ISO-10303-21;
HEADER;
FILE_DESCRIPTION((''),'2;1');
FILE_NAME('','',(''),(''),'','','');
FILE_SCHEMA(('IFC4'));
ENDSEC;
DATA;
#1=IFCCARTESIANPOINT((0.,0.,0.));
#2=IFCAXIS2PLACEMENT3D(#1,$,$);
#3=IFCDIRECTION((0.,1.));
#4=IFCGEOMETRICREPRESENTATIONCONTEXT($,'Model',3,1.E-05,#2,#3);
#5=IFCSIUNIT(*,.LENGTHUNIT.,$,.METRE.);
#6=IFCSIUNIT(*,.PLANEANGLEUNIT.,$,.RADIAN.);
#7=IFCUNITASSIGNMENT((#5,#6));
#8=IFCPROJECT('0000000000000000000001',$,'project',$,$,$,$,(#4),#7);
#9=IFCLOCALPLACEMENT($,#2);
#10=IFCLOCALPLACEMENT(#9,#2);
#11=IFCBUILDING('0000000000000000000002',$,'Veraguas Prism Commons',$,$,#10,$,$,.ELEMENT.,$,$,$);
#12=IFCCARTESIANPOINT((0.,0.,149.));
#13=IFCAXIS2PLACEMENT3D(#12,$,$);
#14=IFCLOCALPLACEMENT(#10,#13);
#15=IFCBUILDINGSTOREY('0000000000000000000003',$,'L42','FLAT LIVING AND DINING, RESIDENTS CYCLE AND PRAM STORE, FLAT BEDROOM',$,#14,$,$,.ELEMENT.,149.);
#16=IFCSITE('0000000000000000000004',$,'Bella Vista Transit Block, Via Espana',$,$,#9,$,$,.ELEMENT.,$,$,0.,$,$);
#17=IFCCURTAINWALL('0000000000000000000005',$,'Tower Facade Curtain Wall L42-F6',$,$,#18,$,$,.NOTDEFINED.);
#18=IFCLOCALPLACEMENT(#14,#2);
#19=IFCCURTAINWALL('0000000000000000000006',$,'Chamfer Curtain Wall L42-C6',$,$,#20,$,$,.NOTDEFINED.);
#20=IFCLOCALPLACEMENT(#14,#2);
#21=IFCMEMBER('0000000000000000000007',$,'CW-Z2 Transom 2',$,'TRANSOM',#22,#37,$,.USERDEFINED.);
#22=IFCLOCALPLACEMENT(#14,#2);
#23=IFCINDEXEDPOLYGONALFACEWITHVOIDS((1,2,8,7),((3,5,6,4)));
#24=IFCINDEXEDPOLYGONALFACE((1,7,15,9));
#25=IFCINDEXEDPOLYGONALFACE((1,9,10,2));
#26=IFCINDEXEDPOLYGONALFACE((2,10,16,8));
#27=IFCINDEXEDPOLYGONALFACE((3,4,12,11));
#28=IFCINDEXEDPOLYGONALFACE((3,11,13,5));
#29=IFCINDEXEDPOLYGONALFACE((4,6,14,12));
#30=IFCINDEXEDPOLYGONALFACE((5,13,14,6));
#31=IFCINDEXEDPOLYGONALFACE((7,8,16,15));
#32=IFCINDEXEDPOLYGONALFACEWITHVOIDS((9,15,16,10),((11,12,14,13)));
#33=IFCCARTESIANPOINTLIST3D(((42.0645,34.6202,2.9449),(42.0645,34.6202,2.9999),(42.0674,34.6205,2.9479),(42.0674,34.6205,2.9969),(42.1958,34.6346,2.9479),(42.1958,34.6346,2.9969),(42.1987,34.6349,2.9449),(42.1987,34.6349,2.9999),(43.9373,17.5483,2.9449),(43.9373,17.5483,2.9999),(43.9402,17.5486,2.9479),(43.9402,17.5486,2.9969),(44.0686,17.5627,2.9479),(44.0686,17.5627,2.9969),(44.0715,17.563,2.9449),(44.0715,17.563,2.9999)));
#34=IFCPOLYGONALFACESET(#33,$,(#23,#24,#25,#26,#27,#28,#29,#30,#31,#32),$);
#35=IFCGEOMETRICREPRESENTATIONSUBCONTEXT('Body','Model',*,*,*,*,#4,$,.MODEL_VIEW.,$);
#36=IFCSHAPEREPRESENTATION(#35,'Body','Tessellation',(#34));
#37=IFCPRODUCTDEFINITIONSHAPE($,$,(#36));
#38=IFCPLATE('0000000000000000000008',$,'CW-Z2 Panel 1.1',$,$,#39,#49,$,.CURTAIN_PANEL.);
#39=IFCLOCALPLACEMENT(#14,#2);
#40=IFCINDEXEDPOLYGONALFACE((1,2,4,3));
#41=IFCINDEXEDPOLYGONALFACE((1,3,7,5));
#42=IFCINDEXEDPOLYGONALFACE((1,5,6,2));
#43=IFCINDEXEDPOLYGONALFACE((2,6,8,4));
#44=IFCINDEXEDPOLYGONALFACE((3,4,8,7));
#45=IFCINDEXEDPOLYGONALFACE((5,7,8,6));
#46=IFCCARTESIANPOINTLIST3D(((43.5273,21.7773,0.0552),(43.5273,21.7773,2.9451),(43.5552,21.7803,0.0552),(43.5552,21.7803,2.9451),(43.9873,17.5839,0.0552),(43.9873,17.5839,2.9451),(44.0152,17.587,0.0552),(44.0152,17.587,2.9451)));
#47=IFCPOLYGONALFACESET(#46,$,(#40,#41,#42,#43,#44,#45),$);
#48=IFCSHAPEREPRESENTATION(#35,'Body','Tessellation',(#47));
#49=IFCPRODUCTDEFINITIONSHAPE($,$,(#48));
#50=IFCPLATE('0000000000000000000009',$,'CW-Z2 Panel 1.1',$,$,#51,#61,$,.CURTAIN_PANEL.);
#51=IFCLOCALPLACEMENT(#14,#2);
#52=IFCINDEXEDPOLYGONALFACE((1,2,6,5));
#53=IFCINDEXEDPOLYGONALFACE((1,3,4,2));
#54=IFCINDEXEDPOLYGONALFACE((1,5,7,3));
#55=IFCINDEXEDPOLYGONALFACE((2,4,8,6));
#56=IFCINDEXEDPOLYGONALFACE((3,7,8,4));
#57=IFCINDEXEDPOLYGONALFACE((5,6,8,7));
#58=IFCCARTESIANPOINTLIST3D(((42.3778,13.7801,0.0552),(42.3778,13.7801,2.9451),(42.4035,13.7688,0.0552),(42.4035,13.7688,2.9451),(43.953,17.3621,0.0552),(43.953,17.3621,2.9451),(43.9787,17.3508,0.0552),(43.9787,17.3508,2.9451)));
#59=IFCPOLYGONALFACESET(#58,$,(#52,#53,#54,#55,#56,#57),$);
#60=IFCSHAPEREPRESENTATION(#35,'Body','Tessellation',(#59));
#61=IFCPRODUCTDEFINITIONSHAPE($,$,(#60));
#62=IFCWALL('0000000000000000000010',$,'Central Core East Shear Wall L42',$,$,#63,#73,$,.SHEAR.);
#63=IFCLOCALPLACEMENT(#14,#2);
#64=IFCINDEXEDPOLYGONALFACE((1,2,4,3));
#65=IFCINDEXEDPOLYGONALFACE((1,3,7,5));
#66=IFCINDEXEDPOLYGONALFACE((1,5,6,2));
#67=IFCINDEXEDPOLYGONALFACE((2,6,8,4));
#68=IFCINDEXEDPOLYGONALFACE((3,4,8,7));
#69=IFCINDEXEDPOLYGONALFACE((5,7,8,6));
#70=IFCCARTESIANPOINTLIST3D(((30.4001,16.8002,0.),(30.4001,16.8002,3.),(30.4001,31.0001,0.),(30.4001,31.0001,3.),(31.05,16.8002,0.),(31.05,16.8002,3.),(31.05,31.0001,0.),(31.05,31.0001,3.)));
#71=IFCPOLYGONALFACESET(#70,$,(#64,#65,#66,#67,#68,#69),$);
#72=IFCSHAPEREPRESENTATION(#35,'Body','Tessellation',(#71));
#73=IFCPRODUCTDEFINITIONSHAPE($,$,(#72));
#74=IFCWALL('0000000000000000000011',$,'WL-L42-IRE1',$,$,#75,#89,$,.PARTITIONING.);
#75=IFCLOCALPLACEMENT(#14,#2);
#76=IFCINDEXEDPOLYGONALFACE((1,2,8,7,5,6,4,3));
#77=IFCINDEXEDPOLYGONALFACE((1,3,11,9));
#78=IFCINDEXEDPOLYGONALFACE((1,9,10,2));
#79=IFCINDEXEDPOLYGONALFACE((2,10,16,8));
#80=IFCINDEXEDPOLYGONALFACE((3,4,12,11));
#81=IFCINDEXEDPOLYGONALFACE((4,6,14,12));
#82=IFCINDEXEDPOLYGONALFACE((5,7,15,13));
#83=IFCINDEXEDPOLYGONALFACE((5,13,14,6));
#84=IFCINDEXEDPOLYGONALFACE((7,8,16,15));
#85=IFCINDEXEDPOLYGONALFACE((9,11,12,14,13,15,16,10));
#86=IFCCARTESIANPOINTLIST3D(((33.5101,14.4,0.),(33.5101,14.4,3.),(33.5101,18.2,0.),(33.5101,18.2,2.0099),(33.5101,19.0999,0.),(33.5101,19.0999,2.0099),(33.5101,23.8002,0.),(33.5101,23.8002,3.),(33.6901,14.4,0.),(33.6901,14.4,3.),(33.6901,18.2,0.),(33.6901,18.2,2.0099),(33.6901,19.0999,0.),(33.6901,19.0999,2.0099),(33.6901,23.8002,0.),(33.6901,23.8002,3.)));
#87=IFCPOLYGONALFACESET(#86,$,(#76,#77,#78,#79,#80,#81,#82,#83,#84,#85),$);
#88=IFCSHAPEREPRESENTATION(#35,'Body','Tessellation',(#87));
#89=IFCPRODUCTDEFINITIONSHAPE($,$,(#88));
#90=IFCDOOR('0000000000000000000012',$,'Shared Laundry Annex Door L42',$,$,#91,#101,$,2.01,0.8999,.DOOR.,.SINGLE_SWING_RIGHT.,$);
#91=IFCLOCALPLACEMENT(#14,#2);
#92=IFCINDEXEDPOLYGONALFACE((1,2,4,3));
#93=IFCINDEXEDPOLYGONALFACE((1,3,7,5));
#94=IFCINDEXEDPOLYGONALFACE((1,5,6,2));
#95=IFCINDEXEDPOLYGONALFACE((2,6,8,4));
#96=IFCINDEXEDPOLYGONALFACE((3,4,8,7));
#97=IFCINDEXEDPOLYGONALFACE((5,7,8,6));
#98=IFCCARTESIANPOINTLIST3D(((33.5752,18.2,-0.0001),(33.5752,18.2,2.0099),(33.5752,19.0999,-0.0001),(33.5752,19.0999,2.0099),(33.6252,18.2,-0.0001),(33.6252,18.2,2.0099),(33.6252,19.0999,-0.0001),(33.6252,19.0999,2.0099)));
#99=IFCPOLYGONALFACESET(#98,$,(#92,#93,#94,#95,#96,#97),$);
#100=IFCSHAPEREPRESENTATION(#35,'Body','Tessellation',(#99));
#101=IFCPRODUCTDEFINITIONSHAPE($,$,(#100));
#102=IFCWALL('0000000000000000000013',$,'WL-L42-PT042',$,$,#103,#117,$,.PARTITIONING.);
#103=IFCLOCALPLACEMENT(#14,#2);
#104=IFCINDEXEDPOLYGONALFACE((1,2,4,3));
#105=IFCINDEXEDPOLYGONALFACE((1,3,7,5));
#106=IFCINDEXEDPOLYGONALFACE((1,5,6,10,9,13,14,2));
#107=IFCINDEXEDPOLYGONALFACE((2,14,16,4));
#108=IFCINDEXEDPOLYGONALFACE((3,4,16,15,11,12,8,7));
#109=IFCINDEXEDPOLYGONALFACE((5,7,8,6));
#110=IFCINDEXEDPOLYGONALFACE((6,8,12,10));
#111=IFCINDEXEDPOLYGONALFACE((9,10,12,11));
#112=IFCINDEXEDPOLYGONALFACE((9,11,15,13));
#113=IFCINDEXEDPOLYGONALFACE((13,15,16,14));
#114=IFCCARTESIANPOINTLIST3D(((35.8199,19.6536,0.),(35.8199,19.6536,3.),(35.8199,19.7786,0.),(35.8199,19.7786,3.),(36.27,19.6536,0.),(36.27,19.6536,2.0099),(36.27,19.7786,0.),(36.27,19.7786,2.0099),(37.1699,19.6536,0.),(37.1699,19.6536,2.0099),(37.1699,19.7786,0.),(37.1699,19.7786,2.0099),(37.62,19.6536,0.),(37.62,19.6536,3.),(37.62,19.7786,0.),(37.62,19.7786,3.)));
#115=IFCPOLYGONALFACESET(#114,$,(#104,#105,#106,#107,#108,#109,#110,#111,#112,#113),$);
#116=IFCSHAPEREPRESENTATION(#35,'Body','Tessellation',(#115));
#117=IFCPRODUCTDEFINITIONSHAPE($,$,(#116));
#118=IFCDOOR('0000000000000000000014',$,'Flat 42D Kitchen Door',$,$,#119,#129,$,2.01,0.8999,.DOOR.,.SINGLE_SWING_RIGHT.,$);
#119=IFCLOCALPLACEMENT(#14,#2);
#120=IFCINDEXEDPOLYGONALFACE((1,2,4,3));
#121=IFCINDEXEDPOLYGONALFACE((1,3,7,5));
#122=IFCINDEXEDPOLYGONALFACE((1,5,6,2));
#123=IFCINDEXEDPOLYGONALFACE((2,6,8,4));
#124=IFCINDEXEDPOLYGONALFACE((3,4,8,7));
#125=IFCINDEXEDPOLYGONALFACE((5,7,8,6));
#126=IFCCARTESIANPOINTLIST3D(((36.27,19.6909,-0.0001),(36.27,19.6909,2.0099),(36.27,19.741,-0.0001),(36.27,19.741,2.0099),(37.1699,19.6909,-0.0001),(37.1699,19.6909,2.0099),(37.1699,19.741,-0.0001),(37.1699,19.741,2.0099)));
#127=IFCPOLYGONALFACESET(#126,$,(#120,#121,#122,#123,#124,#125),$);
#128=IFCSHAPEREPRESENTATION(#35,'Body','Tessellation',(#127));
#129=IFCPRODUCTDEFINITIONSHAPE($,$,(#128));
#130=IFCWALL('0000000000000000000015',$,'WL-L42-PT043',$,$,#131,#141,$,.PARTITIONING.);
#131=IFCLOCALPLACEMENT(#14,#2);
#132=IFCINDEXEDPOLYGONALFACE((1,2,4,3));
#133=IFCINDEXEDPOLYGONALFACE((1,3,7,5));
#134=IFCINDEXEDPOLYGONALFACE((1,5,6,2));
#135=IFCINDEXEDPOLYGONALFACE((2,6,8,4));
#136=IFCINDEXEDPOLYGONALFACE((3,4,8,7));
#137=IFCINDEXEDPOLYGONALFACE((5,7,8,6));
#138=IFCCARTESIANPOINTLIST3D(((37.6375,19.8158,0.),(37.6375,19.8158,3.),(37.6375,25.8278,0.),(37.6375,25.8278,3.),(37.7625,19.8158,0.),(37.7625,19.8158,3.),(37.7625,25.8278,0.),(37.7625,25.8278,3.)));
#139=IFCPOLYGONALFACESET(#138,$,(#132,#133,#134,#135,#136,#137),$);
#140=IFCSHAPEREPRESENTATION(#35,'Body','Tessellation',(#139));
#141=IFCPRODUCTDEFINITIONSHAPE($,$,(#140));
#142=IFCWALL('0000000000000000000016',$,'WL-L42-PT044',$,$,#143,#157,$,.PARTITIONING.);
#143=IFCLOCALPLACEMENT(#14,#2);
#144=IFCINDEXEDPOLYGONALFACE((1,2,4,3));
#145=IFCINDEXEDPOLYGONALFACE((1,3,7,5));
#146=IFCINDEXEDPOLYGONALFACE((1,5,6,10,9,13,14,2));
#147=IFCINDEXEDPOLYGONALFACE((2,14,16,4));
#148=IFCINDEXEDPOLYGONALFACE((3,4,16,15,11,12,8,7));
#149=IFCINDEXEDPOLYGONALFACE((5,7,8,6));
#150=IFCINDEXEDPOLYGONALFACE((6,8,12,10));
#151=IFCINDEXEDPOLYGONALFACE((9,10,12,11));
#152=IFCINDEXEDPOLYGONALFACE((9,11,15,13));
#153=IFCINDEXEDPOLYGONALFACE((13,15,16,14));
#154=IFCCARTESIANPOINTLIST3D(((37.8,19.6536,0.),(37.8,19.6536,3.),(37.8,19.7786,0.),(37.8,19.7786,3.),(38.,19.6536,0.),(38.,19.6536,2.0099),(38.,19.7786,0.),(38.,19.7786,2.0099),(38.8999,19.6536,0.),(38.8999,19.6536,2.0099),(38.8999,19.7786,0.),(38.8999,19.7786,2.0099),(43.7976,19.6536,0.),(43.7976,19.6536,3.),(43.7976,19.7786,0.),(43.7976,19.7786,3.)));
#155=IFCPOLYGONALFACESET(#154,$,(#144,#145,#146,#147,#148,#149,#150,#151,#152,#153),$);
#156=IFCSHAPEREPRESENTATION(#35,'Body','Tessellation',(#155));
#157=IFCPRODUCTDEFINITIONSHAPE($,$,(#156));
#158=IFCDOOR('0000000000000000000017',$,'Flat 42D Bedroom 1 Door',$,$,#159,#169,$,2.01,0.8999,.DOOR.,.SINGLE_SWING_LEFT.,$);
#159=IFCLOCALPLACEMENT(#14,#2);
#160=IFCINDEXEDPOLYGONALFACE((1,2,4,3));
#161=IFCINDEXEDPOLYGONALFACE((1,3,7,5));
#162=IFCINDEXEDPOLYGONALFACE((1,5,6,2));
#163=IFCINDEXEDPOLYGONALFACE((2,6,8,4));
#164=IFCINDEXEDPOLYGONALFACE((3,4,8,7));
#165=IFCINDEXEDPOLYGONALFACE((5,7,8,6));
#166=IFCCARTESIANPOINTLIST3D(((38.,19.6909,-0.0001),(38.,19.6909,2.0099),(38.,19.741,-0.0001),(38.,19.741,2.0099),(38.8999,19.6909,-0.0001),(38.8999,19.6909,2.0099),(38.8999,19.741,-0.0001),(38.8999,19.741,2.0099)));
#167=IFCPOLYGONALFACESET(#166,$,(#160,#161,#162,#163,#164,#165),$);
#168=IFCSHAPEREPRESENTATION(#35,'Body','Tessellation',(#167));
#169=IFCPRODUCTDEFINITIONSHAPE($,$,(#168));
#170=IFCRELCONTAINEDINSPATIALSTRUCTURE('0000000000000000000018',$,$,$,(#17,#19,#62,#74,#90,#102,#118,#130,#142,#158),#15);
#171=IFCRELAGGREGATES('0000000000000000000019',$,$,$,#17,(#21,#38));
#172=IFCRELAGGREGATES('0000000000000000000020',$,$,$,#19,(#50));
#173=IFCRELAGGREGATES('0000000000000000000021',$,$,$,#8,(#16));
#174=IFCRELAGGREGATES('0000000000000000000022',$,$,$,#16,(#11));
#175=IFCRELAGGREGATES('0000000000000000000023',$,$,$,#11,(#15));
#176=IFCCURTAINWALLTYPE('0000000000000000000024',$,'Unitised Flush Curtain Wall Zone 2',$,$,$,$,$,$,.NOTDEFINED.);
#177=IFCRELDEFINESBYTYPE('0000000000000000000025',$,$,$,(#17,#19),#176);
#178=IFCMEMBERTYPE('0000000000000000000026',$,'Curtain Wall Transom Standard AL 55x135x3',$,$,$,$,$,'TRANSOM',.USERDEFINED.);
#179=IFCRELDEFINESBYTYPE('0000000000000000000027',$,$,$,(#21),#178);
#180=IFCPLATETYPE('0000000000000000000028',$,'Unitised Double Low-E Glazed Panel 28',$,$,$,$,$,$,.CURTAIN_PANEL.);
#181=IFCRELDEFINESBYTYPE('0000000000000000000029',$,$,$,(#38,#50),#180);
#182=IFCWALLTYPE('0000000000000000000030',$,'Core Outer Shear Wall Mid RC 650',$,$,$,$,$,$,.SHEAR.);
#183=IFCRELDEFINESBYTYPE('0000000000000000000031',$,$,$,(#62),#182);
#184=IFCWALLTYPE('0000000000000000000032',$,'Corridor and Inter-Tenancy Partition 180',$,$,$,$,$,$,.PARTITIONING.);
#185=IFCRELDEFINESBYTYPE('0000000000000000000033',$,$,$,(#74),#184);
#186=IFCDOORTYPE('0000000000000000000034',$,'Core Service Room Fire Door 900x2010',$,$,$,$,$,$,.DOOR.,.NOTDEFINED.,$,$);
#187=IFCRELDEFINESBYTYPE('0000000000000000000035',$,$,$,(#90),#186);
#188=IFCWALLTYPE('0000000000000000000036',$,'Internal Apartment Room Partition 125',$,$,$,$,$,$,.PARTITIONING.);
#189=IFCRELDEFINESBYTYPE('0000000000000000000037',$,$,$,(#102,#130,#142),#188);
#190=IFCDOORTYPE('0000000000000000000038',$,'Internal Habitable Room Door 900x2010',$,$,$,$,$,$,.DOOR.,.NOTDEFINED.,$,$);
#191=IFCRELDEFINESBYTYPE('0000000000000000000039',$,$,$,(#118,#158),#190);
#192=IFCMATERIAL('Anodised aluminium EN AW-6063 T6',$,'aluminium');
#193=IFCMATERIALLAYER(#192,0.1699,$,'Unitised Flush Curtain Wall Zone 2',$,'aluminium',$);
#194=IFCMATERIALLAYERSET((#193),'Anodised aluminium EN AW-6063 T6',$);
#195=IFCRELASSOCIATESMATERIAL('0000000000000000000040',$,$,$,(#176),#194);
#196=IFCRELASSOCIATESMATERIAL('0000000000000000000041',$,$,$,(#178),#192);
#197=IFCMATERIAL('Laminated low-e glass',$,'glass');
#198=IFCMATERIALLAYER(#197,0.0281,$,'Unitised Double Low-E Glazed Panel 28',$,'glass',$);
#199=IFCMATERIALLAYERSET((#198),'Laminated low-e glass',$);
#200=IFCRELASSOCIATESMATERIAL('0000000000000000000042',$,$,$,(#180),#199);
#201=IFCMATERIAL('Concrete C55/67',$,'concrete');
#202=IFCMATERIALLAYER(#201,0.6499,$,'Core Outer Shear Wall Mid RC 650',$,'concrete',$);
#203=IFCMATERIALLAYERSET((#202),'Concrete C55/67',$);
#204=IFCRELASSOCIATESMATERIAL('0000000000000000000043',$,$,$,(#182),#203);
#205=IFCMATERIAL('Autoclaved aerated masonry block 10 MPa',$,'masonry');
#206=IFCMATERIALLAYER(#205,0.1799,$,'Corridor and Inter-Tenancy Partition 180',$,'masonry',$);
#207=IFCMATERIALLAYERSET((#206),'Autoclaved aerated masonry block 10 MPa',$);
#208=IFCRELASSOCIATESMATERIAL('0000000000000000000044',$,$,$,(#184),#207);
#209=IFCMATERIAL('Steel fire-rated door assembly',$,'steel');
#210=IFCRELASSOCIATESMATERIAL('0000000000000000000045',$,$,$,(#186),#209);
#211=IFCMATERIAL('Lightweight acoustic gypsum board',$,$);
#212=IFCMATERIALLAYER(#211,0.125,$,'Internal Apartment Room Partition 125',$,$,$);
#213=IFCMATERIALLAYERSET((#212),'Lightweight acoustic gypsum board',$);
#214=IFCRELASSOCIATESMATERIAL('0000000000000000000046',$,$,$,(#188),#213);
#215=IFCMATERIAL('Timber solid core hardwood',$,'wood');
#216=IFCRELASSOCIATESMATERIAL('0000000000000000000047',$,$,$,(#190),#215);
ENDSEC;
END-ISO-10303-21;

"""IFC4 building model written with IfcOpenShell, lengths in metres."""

from ifc_helpers import new_model, si_unit, direction, frame, frame_2d, origin, origin_2d, place, context, subcontext, project, spatial, rectangle, hollow_rectangle, extrude, source, transform, mapped, material, layer, layer_set, material_profile, profile_set, type_object, element, fill, aggregate, save


model = new_model("IFC4")

# Units and contexts
model_context = context("Model", 3, precision=1e-05, world=origin(), true_north=direction((0.0, 1.0)))
body_context = subcontext(model_context, "Body", "Model", "MODEL_VIEW")
ifc_project = project(units=[si_unit("LENGTHUNIT", "METRE"), si_unit("PLANEANGLEUNIT", "RADIAN")], contexts=[model_context])

# Site, building, storey
site_placement = place(None, origin())
site = spatial("IfcSite", under=ifc_project, at=site_placement, Name="Bella Vista Transit Block, Via Espana", CompositionType="ELEMENT", RefElevation=0.0)
building_placement = place(site_placement, origin())
building = spatial("IfcBuilding", under=site, at=building_placement, Name="Veraguas Prism Commons", CompositionType="ELEMENT")
storey_placement = place(building_placement, frame((0.0, 0.0, 149.0)))
storey = spatial("IfcBuildingStorey", under=building, at=storey_placement, Name="L42", Description="FLAT LIVING AND DINING, RESIDENTS CYCLE AND PRAM STORE, FLAT BEDROOM", CompositionType="ELEMENT", Elevation=149.0)

# Curtain wall
ifc_material_1 = material(Name="Anodised aluminium EN AW-6063 T6", Category="aluminium")
ifc_layer_1 = layer(ifc_material_1, 0.1699, Name="Unitised Flush Curtain Wall Zone 2", Category="aluminium")
ifc_layer_set_1 = layer_set([ifc_layer_1], Name="Anodised aluminium EN AW-6063 T6")
curtain_wall_type = type_object("IfcCurtainWallType", Name="Unitised Flush Curtain Wall Zone 2", PredefinedType="NOTDEFINED", material=ifc_layer_set_1)
curtain_wall_1_placement = place(storey_placement, origin())
curtain_wall_1 = element("IfcCurtainWall", 1, at=curtain_wall_1_placement, inside=storey, type_object=curtain_wall_type, Name="Tower Facade Curtain Wall L42-F6", PredefinedType="NOTDEFINED")

# Curtain wall
curtain_wall_2_placement = place(storey_placement, origin())
curtain_wall_2 = element("IfcCurtainWall", 2, at=curtain_wall_2_placement, inside=storey, type_object=curtain_wall_type, Name="Chamfer Curtain Wall L42-C6", PredefinedType="NOTDEFINED")

# Member
ifc_material_profile_1 = material_profile(ifc_material_1, hollow_rectangle(XDim=0.0549, YDim=0.135, WallThickness=0.0029, at=origin_2d()), Name="AL55X135X3")
ifc_profile_set_1 = profile_set([ifc_material_profile_1], Name="Anodised aluminium EN AW-6063 T6")
member_type_1 = type_object("IfcMemberType", Name="Curtain Wall Transom Standard AL 55x135x3", ElementType="TRANSOM", PredefinedType="USERDEFINED", material=ifc_profile_set_1)
shared_shape_1 = source(origin(), body_context, "Body", "SweptSolid", [
    extrude(hollow_rectangle(XDim=0.0549, YDim=0.135, WallThickness=0.0029, at=origin_2d()), origin(), (0.0, 0.0, 1.0), 17.1743),
])
member_1_placement = place(storey_placement, frame((44.0044, 17.5557, 2.9724), z_axis=(-0.109046, 0.994037, 0.0), x_axis=(0.0, 0.0, 1.0)))
member_1 = element("IfcMember", 3, at=member_1_placement, type_object=member_type_1, Name="CW-Z2 Transom 2", ObjectType="TRANSOM", PredefinedType="USERDEFINED", context=body_context, shape_type="MappedRepresentation", body=[
    mapped(shared_shape_1, transform((0.0, 0.0, 0.0), scale=1.0)),
])

# Plates
ifc_material_2 = material(Name="Laminated low-e glass", Category="glass")
ifc_layer_2 = layer(ifc_material_2, 0.0281, Name="Unitised Double Low-E Glazed Panel 28", Category="glass")
ifc_layer_set_2 = layer_set([ifc_layer_2], Name="Laminated low-e glass")
plate_type = type_object("IfcPlateType", Name="Unitised Double Low-E Glazed Panel 28", PredefinedType="CURTAIN_PANEL", material=ifc_layer_set_2)
shared_shape_2 = source(origin(), body_context, "Body", "SweptSolid", [
    extrude(rectangle(XDim=4.2185, YDim=0.0281, at=origin_2d()), origin(), (0.0, 0.0, 1.0), 2.8899),
])
plate_1_placement = place(storey_placement, frame((43.7712, 19.6821, 0.0552), z_axis=(0.0, 0.0, 1.0), x_axis=(-0.109044, 0.994037, 0.0)))
plate_1 = element("IfcPlate", 4, at=plate_1_placement, type_object=plate_type, Name="CW-Z2 Panel 1.1", PredefinedType="CURTAIN_PANEL", context=body_context, shape_type="MappedRepresentation", body=[
    mapped(shared_shape_2, transform((0.0, 0.0, 0.0), scale=1.0)),
])
aggregate(curtain_wall_1, [member_1, plate_1])
shared_shape_3 = source(origin(), body_context, "Body", "SweptSolid", [
    extrude(rectangle(XDim=3.9131, YDim=0.0281, at=origin_2d()), origin(), (0.0, 0.0, 1.0), 2.8899),
])
plate_2_placement = place(storey_placement, frame((43.1782, 15.5654, 0.0552), z_axis=(0.0, 0.0, 1.0), x_axis=(0.402544, 0.915401, 0.0)))
plate_2 = element("IfcPlate", 5, at=plate_2_placement, type_object=plate_type, Name="CW-Z2 Panel 1.1", PredefinedType="CURTAIN_PANEL", context=body_context, shape_type="MappedRepresentation", body=[
    mapped(shared_shape_3, transform((0.0, 0.0, 0.0), scale=1.0)),
])
aggregate(curtain_wall_2, [plate_2])

# Wall
ifc_material_3 = material(Name="Concrete C55/67", Category="concrete")
ifc_layer_3 = layer(ifc_material_3, 0.6499, Name="Core Outer Shear Wall Mid RC 650", Category="concrete")
ifc_layer_set_3 = layer_set([ifc_layer_3], Name="Concrete C55/67")
wall_type_1 = type_object("IfcWallType", Name="Core Outer Shear Wall Mid RC 650", PredefinedType="SHEAR", material=ifc_layer_set_3)
wall_1_placement = place(storey_placement, frame((30.7251, 16.8, 0.0), z_axis=(0.0, 0.0, 1.0), x_axis=(0.0, 1.0, 0.0)))
element("IfcWall", 6, at=wall_1_placement, inside=storey, type_object=wall_type_1, Name="Central Core East Shear Wall L42", PredefinedType="SHEAR", context=body_context, shape_type="SweptSolid", body=[
    extrude(rectangle(XDim=14.2, YDim=0.6499, at=frame_2d((7.1001, 0.0))), origin(), (0.0, 0.0, 1.0), 3.0),
])

# Walls, openings, doors
ifc_material_4 = material(Name="Autoclaved aerated masonry block 10 MPa", Category="masonry")
ifc_layer_4 = layer(ifc_material_4, 0.1799, Name="Corridor and Inter-Tenancy Partition 180", Category="masonry")
ifc_layer_set_4 = layer_set([ifc_layer_4], Name="Autoclaved aerated masonry block 10 MPa")
wall_type_2 = type_object("IfcWallType", Name="Corridor and Inter-Tenancy Partition 180", PredefinedType="PARTITIONING", material=ifc_layer_set_4)
wall_2_placement = place(storey_placement, frame((33.6001, 14.3999, 0.0), z_axis=(0.0, 0.0, 1.0), x_axis=(0.0, 1.0, 0.0)))
wall_2 = element("IfcWall", 7, at=wall_2_placement, inside=storey, type_object=wall_type_2, Name="WL-L42-IRE1", PredefinedType="PARTITIONING", context=body_context, shape_type="SweptSolid", body=[
    extrude(rectangle(XDim=9.4001, YDim=0.1799, at=frame_2d((4.7002, 0.0))), origin(), (0.0, 0.0, 1.0), 3.0),
])
opening_1_placement = place(wall_2_placement, frame((3.8, 0.0, 0.0)))
opening_1 = element("IfcOpeningElement", 8, at=opening_1_placement, cuts=wall_2, PredefinedType="OPENING", context=body_context, shape_type="SweptSolid", body=[
    extrude(rectangle(XDim=0.8999, YDim=2.01, at=frame_2d((0.45, 1.0049))), frame((0.0, 0.0999, 0.0), z_axis=(0.0, -1.0, 0.0), x_axis=(1.0, 0.0, 0.0)), (0.0, 0.0, 1.0), 0.2),
])
ifc_material_5 = material(Name="Steel fire-rated door assembly", Category="steel")
door_type_1 = type_object("IfcDoorType", Name="Core Service Room Fire Door 900x2010", OperationType="NOTDEFINED", PredefinedType="DOOR", material=ifc_material_5)
shared_shape_4 = source(origin(), body_context, "Body", "SweptSolid", [
    extrude(rectangle(XDim=0.8999, YDim=2.01, at=frame_2d((0.45, 1.0049))), frame((0.0, 0.0249, 0.0), z_axis=(0.0, -1.0, 0.0), x_axis=(1.0, 0.0, 0.0)), (0.0, 0.0, 1.0), 0.05),
])
door_1_placement = place(opening_1_placement, origin())
door_1 = element("IfcDoor", 9, at=door_1_placement, inside=storey, type_object=door_type_1, Name="Shared Laundry Annex Door L42", OperationType="SINGLE_SWING_RIGHT", OverallHeight=2.01, OverallWidth=0.8999, PredefinedType="DOOR", context=body_context, shape_type="MappedRepresentation", body=[
    mapped(shared_shape_4, transform((0.0, 0.0, 0.0), scale=1.0)),
])
fill(opening_1, door_1)
ifc_material_6 = material(Name="Lightweight acoustic gypsum board")
ifc_layer_5 = layer(ifc_material_6, 0.125, Name="Internal Apartment Room Partition 125")
ifc_layer_set_5 = layer_set([ifc_layer_5], Name="Lightweight acoustic gypsum board")
wall_type_3 = type_object("IfcWallType", Name="Internal Apartment Room Partition 125", PredefinedType="PARTITIONING", material=ifc_layer_set_5)
wall_3_placement = place(storey_placement, frame((35.8201, 19.7161, 0.0), z_axis=(0.0, 0.0, 1.0), x_axis=(1.0, 0.0, 0.0)))
wall_3 = element("IfcWall", 10, at=wall_3_placement, inside=storey, type_object=wall_type_3, Name="WL-L42-PT042", PredefinedType="PARTITIONING", context=body_context, shape_type="SweptSolid", body=[
    extrude(rectangle(XDim=1.8, YDim=0.125, at=frame_2d((0.8999, 0.0))), origin(), (0.0, 0.0, 1.0), 3.0),
])
opening_2_placement = place(wall_3_placement, frame((0.45, 0.0, 0.0)))
opening_2 = element("IfcOpeningElement", 11, at=opening_2_placement, cuts=wall_3, PredefinedType="OPENING", context=body_context, shape_type="SweptSolid", body=[
    extrude(rectangle(XDim=0.8999, YDim=2.01, at=frame_2d((0.45, 1.0049))), frame((0.0, 0.0725, 0.0), z_axis=(0.0, -1.0, 0.0), x_axis=(1.0, 0.0, 0.0)), (0.0, 0.0, 1.0), 0.145),
])
ifc_material_7 = material(Name="Timber solid core hardwood", Category="wood")
door_type_2 = type_object("IfcDoorType", Name="Internal Habitable Room Door 900x2010", OperationType="NOTDEFINED", PredefinedType="DOOR", material=ifc_material_7)
door_2_placement = place(opening_2_placement, origin())
door_2 = element("IfcDoor", 12, at=door_2_placement, inside=storey, type_object=door_type_2, Name="Flat 42D Kitchen Door", OperationType="SINGLE_SWING_RIGHT", OverallHeight=2.01, OverallWidth=0.8999, PredefinedType="DOOR", context=body_context, shape_type="MappedRepresentation", body=[
    mapped(shared_shape_4, transform((0.0, 0.0, 0.0), scale=1.0)),
])
fill(opening_2, door_2)

# Wall
wall_4_placement = place(storey_placement, frame((37.7, 19.8159, 0.0), z_axis=(0.0, 0.0, 1.0), x_axis=(0.0, 1.0, 0.0)))
element("IfcWall", 13, at=wall_4_placement, inside=storey, type_object=wall_type_3, Name="WL-L42-PT043", PredefinedType="PARTITIONING", context=body_context, shape_type="SweptSolid", body=[
    extrude(rectangle(XDim=6.012, YDim=0.125, at=frame_2d((3.0059, 0.0))), origin(), (0.0, 0.0, 1.0), 3.0),
])

# Wall, opening, door
wall_5_placement = place(storey_placement, frame((37.8, 19.7161, 0.0), z_axis=(0.0, 0.0, 1.0), x_axis=(1.0, 0.0, 0.0)))
wall_5 = element("IfcWall", 14, at=wall_5_placement, inside=storey, type_object=wall_type_3, Name="WL-L42-PT044", PredefinedType="PARTITIONING", context=body_context, shape_type="SweptSolid", body=[
    extrude(rectangle(XDim=5.9976, YDim=0.125, at=frame_2d((2.9988, 0.0))), origin(), (0.0, 0.0, 1.0), 3.0),
])
opening_3_placement = place(wall_5_placement, frame((0.2, 0.0, 0.0)))
opening_3 = element("IfcOpeningElement", 15, at=opening_3_placement, cuts=wall_5, PredefinedType="OPENING", context=body_context, shape_type="SweptSolid", body=[
    extrude(rectangle(XDim=0.8999, YDim=2.01, at=frame_2d((0.45, 1.0049))), frame((0.0, 0.0725, 0.0), z_axis=(0.0, -1.0, 0.0), x_axis=(1.0, 0.0, 0.0)), (0.0, 0.0, 1.0), 0.145),
])
door_3_placement = place(opening_3_placement, origin())
door_3 = element("IfcDoor", 16, at=door_3_placement, inside=storey, type_object=door_type_2, Name="Flat 42D Bedroom 1 Door", OperationType="SINGLE_SWING_LEFT", OverallHeight=2.01, OverallWidth=0.8999, PredefinedType="DOOR", context=body_context, shape_type="MappedRepresentation", body=[
    mapped(shared_shape_4, transform((0.0, 0.0, 0.0), scale=1.0)),
])
fill(opening_3, door_3)

save(model, "model.ifc")
